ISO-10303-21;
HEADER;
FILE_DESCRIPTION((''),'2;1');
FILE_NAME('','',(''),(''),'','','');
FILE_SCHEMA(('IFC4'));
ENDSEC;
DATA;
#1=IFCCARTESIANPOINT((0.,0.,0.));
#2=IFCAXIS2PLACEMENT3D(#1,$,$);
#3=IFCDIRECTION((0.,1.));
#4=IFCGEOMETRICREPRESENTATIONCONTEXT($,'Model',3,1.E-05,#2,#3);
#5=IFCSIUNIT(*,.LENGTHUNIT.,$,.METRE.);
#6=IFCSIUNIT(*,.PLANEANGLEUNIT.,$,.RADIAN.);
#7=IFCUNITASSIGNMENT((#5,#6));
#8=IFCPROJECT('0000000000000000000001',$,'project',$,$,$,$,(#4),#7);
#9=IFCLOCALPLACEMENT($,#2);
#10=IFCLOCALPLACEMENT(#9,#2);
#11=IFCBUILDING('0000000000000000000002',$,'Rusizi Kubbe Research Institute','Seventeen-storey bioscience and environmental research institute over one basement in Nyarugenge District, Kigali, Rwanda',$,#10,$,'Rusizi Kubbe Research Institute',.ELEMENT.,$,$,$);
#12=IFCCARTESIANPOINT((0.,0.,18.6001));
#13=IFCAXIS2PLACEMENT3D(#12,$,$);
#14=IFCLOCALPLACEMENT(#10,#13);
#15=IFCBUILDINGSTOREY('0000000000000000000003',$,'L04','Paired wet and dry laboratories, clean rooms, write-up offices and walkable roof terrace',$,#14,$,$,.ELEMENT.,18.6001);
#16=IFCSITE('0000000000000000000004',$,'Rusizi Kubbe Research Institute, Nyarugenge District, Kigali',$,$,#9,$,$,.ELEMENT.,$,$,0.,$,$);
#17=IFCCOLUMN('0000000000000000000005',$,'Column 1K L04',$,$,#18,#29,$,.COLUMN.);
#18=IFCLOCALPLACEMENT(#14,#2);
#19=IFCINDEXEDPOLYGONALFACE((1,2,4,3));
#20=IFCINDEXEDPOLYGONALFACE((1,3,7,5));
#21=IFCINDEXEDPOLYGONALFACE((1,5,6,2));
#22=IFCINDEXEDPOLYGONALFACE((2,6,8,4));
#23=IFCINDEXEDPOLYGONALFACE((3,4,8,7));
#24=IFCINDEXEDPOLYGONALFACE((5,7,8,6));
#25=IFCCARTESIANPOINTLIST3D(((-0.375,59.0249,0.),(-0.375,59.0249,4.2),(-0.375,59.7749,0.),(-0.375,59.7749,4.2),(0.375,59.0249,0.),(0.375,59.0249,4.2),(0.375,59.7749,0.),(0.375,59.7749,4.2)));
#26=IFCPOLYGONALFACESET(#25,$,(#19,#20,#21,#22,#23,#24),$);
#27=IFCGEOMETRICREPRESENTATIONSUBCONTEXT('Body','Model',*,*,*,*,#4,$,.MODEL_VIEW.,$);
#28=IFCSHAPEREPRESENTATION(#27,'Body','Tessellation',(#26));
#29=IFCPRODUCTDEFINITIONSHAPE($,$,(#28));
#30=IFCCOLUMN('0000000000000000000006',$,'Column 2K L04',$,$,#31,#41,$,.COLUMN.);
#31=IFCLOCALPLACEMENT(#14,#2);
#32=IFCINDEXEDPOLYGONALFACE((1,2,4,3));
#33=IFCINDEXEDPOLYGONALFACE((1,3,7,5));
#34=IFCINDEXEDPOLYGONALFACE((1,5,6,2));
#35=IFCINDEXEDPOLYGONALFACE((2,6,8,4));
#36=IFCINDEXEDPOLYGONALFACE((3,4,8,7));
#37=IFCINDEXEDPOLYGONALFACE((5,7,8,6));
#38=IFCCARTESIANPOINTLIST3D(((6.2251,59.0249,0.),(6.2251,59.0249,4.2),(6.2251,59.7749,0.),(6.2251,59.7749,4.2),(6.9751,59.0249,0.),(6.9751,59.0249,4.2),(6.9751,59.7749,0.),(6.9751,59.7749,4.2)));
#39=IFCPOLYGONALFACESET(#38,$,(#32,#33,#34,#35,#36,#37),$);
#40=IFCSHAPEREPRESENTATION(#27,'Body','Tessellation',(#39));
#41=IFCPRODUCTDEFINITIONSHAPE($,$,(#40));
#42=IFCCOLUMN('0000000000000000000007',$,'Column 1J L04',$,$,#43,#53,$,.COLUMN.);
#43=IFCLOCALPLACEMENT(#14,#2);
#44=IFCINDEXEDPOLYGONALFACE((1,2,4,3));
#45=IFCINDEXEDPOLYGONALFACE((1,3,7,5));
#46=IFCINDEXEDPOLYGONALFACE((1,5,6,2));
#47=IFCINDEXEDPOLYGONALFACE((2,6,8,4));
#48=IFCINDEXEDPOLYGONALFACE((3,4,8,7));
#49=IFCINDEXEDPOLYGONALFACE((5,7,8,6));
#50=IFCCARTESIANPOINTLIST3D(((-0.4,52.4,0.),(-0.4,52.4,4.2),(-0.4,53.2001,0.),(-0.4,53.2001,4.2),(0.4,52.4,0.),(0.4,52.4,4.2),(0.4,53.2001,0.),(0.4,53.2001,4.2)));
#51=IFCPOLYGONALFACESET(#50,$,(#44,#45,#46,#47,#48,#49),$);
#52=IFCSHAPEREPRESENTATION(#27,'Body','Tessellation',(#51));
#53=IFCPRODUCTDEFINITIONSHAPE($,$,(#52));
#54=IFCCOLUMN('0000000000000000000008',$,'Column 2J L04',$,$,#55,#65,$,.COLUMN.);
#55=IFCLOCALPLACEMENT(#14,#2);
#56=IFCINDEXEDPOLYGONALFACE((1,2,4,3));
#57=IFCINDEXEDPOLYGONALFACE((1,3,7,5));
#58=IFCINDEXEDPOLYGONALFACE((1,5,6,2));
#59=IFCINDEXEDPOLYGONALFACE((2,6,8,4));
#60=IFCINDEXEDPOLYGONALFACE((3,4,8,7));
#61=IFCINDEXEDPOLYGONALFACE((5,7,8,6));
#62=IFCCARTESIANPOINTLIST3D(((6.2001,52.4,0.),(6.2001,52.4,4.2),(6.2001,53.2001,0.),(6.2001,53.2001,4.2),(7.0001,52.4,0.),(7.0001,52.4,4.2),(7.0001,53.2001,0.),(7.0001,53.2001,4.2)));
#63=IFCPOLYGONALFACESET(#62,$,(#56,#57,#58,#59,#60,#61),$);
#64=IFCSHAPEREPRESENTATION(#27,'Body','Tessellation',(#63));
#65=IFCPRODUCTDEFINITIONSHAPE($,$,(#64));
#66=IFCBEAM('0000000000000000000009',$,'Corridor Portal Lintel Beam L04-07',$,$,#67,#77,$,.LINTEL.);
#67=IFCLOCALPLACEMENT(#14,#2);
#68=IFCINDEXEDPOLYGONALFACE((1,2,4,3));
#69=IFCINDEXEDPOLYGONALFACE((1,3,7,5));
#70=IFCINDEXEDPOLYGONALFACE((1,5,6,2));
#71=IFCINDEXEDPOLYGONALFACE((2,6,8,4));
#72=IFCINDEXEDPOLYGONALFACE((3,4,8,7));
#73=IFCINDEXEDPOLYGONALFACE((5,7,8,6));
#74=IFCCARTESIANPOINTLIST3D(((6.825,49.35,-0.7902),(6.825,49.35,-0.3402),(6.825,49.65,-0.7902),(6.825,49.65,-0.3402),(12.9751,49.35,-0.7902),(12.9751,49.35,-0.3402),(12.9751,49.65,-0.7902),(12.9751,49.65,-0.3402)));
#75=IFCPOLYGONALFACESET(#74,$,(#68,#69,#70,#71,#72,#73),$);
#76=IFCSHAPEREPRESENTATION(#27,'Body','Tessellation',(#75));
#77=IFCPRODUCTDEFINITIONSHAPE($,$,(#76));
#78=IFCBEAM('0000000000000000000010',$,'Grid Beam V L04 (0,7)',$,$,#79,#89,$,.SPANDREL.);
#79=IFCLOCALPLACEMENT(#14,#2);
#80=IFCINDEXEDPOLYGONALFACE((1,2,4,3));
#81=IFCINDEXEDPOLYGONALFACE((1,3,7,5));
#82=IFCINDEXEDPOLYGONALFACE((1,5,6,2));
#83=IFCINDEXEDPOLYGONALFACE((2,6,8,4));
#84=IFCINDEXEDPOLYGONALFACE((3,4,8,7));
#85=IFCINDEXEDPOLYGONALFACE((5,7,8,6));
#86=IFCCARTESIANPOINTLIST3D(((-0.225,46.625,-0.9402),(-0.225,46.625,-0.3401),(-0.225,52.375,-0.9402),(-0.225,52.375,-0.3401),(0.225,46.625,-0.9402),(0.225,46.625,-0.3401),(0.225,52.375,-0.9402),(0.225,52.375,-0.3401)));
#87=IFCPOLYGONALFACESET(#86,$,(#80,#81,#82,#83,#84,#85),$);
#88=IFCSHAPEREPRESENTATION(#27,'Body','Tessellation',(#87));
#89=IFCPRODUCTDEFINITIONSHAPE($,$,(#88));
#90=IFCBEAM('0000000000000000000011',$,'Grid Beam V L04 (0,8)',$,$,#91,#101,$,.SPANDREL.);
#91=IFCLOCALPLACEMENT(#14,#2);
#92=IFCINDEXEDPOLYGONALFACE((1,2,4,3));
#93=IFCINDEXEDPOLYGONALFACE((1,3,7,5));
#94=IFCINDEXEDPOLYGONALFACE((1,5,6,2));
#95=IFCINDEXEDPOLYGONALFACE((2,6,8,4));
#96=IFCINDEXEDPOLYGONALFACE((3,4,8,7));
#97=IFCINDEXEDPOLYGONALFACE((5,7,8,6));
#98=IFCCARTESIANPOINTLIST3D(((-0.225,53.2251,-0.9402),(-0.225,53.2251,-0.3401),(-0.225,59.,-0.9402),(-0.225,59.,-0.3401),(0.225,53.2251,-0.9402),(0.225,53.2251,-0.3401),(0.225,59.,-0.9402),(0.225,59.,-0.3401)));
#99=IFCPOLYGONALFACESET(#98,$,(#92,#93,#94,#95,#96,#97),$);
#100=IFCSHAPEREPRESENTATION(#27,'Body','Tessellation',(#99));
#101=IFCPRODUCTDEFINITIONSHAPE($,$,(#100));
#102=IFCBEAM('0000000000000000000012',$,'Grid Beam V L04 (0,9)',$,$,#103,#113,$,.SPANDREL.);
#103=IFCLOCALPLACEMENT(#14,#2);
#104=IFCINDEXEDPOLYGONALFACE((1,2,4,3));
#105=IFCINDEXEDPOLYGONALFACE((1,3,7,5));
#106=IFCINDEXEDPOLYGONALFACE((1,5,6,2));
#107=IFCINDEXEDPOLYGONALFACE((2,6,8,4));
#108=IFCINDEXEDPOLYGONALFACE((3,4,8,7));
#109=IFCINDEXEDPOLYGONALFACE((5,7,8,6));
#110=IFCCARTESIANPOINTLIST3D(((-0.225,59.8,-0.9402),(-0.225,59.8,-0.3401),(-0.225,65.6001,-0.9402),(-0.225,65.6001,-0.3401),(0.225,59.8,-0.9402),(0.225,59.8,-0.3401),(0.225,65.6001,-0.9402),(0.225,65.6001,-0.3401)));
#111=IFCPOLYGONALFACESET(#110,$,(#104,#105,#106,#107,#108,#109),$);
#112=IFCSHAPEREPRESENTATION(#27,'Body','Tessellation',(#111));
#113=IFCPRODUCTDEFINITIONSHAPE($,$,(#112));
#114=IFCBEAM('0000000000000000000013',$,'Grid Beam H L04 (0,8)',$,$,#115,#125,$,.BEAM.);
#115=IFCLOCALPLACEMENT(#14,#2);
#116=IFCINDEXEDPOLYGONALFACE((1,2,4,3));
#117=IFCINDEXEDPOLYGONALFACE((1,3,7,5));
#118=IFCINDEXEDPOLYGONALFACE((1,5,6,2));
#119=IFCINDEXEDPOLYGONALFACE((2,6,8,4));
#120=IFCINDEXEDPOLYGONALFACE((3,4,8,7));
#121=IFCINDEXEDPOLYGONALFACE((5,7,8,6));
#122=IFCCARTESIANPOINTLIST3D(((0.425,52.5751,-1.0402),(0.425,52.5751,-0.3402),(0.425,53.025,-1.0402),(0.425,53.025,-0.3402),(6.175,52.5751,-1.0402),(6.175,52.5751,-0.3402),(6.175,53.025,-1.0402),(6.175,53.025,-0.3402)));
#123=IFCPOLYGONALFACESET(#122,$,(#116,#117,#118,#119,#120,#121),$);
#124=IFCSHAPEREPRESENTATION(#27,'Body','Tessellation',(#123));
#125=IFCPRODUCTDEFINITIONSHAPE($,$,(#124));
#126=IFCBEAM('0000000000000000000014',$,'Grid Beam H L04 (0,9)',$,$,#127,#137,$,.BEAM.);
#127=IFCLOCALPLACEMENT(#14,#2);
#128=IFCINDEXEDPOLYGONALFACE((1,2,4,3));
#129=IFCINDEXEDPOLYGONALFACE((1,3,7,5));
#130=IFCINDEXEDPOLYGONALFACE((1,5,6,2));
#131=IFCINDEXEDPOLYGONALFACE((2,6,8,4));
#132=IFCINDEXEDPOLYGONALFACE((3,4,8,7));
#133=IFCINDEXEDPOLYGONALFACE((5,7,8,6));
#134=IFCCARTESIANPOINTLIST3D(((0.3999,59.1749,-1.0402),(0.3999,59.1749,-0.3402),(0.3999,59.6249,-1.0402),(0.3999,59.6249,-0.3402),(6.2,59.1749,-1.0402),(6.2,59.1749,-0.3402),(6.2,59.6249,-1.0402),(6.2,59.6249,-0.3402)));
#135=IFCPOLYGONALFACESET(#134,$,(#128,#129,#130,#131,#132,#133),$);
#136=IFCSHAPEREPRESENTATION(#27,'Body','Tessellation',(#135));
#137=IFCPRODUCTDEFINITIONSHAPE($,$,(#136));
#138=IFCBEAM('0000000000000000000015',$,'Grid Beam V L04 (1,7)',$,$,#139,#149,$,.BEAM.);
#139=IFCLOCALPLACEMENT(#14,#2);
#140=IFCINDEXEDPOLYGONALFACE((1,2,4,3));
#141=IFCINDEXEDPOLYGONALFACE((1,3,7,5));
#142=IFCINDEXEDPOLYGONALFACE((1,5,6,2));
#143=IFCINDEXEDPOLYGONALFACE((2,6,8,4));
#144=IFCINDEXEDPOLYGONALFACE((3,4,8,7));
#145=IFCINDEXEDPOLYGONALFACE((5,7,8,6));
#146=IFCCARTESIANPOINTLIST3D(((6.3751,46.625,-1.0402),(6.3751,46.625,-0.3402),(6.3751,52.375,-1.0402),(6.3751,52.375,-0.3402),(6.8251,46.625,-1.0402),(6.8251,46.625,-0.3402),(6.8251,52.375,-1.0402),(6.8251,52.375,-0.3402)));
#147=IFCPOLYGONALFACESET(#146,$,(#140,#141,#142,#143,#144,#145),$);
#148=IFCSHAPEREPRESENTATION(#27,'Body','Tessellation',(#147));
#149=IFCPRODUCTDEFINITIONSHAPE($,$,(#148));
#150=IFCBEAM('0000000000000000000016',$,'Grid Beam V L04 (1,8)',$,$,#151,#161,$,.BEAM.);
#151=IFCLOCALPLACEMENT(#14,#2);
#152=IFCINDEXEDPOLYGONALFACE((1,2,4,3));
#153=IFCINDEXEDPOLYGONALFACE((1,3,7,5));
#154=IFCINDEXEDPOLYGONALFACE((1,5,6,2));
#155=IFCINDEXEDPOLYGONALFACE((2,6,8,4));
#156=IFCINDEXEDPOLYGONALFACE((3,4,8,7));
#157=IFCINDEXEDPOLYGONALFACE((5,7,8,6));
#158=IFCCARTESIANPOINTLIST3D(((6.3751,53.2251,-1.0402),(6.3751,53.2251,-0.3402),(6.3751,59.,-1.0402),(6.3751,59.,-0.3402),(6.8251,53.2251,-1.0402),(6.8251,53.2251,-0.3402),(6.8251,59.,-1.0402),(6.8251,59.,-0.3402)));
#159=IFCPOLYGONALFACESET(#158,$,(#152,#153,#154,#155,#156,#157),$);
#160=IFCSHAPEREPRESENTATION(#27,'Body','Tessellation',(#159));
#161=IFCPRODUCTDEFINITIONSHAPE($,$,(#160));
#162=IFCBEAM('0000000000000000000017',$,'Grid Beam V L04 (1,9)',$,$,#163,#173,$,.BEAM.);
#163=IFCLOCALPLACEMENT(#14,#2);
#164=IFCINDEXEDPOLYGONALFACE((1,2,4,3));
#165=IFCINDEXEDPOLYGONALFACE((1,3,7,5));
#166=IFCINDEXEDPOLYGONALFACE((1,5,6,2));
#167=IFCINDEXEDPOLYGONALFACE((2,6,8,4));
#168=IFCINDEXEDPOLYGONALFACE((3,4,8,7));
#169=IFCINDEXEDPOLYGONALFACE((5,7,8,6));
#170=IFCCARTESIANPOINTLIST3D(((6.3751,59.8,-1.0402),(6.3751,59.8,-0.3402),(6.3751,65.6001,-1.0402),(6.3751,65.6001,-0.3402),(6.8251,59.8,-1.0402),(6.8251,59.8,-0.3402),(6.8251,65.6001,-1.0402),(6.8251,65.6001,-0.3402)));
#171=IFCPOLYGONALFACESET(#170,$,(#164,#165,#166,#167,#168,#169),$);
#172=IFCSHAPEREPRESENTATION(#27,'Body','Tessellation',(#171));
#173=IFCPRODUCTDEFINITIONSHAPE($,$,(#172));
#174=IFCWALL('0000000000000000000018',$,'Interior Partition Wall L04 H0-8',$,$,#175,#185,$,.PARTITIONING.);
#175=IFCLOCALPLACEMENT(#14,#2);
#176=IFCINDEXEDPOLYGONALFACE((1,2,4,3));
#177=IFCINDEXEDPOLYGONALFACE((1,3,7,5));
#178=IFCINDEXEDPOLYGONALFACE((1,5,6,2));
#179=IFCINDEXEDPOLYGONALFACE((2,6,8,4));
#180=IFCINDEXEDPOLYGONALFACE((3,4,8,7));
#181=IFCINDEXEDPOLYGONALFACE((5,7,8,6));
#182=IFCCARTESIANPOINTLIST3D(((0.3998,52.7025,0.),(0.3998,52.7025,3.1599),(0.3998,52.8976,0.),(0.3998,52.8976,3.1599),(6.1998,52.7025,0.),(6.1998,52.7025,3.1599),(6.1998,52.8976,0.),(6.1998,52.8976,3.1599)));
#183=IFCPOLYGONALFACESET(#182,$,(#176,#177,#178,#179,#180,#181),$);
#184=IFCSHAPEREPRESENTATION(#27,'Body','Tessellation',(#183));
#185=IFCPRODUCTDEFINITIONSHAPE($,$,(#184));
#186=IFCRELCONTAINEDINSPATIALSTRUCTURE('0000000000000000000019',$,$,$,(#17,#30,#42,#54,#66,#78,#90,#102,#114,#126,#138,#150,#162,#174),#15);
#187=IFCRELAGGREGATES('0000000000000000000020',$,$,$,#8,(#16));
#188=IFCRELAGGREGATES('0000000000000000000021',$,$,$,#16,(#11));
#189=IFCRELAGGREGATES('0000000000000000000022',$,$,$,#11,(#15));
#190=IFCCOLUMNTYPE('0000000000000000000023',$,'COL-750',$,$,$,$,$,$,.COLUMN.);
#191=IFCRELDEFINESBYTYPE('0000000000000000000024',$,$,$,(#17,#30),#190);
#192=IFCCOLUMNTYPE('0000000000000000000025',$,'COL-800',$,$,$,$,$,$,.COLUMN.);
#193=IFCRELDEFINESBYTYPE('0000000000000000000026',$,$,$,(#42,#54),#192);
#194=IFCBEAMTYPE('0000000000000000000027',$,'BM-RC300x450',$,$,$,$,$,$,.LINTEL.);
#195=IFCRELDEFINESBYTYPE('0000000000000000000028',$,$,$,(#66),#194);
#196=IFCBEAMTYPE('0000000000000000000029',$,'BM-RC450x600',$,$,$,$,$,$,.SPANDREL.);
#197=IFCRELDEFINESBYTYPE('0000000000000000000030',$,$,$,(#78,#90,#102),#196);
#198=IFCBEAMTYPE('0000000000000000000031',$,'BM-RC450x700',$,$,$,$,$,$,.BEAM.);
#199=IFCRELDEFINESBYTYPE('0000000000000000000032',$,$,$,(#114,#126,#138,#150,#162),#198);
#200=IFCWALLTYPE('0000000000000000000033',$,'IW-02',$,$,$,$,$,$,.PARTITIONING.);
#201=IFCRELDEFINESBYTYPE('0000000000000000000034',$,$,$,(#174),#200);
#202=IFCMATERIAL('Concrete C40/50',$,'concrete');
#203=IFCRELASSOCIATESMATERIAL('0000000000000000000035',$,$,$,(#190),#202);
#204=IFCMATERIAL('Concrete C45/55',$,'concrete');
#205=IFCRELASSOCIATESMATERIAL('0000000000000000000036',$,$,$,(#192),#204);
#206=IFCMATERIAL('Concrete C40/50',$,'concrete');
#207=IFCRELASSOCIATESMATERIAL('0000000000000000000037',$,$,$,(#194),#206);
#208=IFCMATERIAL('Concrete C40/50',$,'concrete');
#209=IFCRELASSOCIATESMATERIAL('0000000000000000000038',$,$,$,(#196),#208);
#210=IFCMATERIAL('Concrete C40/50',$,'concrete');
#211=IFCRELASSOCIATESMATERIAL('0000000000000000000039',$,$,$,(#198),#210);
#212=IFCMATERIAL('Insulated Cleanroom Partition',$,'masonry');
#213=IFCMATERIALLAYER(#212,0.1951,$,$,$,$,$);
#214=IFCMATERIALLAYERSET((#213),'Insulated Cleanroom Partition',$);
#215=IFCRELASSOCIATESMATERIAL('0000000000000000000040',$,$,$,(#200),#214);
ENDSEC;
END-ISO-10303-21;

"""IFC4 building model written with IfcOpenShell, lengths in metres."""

from ifc_helpers import new_model, si_unit, direction, frame, frame_2d, origin, origin_2d, place, context, subcontext, project, spatial, rectangle, extrude, material, layer, layer_set, material_profile, profile_set, type_object, element, save


model = new_model("IFC4")

# Units and contexts
model_context = context("Model", 3, precision=1e-05, world=origin(), true_north=direction((0.0, 1.0)))
body_context = subcontext(model_context, "Body", "Model", "MODEL_VIEW")
ifc_project = project(units=[si_unit("LENGTHUNIT", "METRE"), si_unit("PLANEANGLEUNIT", "RADIAN")], contexts=[model_context])

# Site, building, storey
site_placement = place(None, origin())
site = spatial("IfcSite", under=ifc_project, at=site_placement, Name="Rusizi Kubbe Research Institute, Nyarugenge District, Kigali", CompositionType="ELEMENT", RefElevation=0.0)
building_placement = place(site_placement, origin())
building = spatial("IfcBuilding", under=site, at=building_placement, Name="Rusizi Kubbe Research Institute", Description="Seventeen-storey bioscience and environmental research institute over one basement in Nyarugenge District, Kigali, Rwanda", LongName="Rusizi Kubbe Research Institute", CompositionType="ELEMENT")
storey_placement = place(building_placement, frame((0.0, 0.0, 18.6001)))
storey = spatial("IfcBuildingStorey", under=building, at=storey_placement, Name="L04", Description="Paired wet and dry laboratories, clean rooms, write-up offices and walkable roof terrace", CompositionType="ELEMENT", Elevation=18.6001)

# Columns
ifc_material_1 = material(Name="Concrete C40/50", Category="concrete")
ifc_material_profile_1 = material_profile(ifc_material_1, rectangle(XDim=0.75, YDim=0.75, at=origin_2d()), Name="RC750x750")
ifc_profile_set_1 = profile_set([ifc_material_profile_1], Name="Concrete C40/50")
column_type_1 = type_object("IfcColumnType", Name="COL-750", PredefinedType="COLUMN", material=ifc_profile_set_1)
for number, where, z_axis, x_axis, name in (
    (1, (0.0, 59.3999, 0.0), (0.0, 0.0, 1.0), (1.0, 0.0, 0.0), "Column 1K L04"),
    (2, (6.6001, 59.3999, 0.0), (0.0, 0.0, 1.0), (1.0, 0.0, 0.0), "Column 2K L04"),
):
    element("IfcColumn", number, at=place(storey_placement, frame(where, z_axis=z_axis, x_axis=x_axis)), inside=storey, type_object=column_type_1, Name=name, PredefinedType="COLUMN", context=body_context, shape_type="SweptSolid", body=[
        extrude(rectangle(XDim=0.75, YDim=0.75, at=origin_2d()), origin(), (0.0, 0.0, 1.0), 4.2),
    ])
ifc_material_2 = material(Name="Concrete C45/55", Category="concrete")
ifc_material_profile_2 = material_profile(ifc_material_2, rectangle(XDim=0.8, YDim=0.8, at=origin_2d()), Name="RC800x800")
ifc_profile_set_2 = profile_set([ifc_material_profile_2], Name="Concrete C45/55")
column_type_2 = type_object("IfcColumnType", Name="COL-800", PredefinedType="COLUMN", material=ifc_profile_set_2)
for number, where, z_axis, x_axis, name in (
    (3, (0.0, 52.8, 0.0), (0.0, 0.0, 1.0), (1.0, 0.0, 0.0), "Column 1J L04"),
    (4, (6.6001, 52.8, 0.0), (0.0, 0.0, 1.0), (1.0, 0.0, 0.0), "Column 2J L04"),
):
    element("IfcColumn", number, at=place(storey_placement, frame(where, z_axis=z_axis, x_axis=x_axis)), inside=storey, type_object=column_type_2, Name=name, PredefinedType="COLUMN", context=body_context, shape_type="SweptSolid", body=[
        extrude(rectangle(XDim=0.8, YDim=0.8, at=origin_2d()), origin(), (0.0, 0.0, 1.0), 4.2),
    ])

# Beams
ifc_material_3 = material(Name="Concrete C40/50", Category="concrete")
ifc_material_profile_3 = material_profile(ifc_material_3, rectangle(XDim=0.3, YDim=0.45, at=origin_2d()), Name="RC300x450")
ifc_profile_set_3 = profile_set([ifc_material_profile_3], Name="Concrete C40/50")
beam_type_1 = type_object("IfcBeamType", Name="BM-RC300x450", PredefinedType="LINTEL", material=ifc_profile_set_3)
beam_1_placement = place(storey_placement, frame((6.825, 49.5, -0.5652), z_axis=(1.0, 0.0, 0.0), x_axis=(0.0, 1.0, 0.0)))
element("IfcBeam", 5, at=beam_1_placement, inside=storey, type_object=beam_type_1, Name="Corridor Portal Lintel Beam L04-07", PredefinedType="LINTEL", context=body_context, shape_type="SweptSolid", body=[
    extrude(rectangle(XDim=0.3, YDim=0.45, at=origin_2d()), origin(), (0.0, 0.0, 1.0), 6.1501),
])
ifc_material_4 = material(Name="Concrete C40/50", Category="concrete")
ifc_material_profile_4 = material_profile(ifc_material_4, rectangle(XDim=0.45, YDim=0.6001, at=origin_2d()), Name="RC450x600")
ifc_profile_set_4 = profile_set([ifc_material_profile_4], Name="Concrete C40/50")
beam_type_2 = type_object("IfcBeamType", Name="BM-RC450x600", PredefinedType="SPANDREL", material=ifc_profile_set_4)
beam_2_placement = place(storey_placement, frame((0.0, 46.625, -0.6401), z_axis=(0.0, 1.0, 0.0), x_axis=(-1.0, 0.0, 0.0)))
element("IfcBeam", 6, at=beam_2_placement, inside=storey, type_object=beam_type_2, Name="Grid Beam V L04 (0,7)", PredefinedType="SPANDREL", context=body_context, shape_type="SweptSolid", body=[
    extrude(rectangle(XDim=0.45, YDim=0.6001, at=origin_2d()), origin(), (0.0, 0.0, 1.0), 5.75),
])
beam_3_placement = place(storey_placement, frame((0.0, 53.2251, -0.6401), z_axis=(0.0, 1.0, 0.0), x_axis=(-1.0, 0.0, 0.0)))
element("IfcBeam", 7, at=beam_3_placement, inside=storey, type_object=beam_type_2, Name="Grid Beam V L04 (0,8)", PredefinedType="SPANDREL", context=body_context, shape_type="SweptSolid", body=[
    extrude(rectangle(XDim=0.45, YDim=0.6001, at=origin_2d()), origin(), (0.0, 0.0, 1.0), 5.7749),
])
beam_4_placement = place(storey_placement, frame((0.0, 59.8, -0.6401), z_axis=(0.0, 1.0, 0.0), x_axis=(-1.0, 0.0, 0.0)))
element("IfcBeam", 8, at=beam_4_placement, inside=storey, type_object=beam_type_2, Name="Grid Beam V L04 (0,9)", PredefinedType="SPANDREL", context=body_context, shape_type="SweptSolid", body=[
    extrude(rectangle(XDim=0.45, YDim=0.6001, at=origin_2d()), origin(), (0.0, 0.0, 1.0), 5.8),
])
ifc_material_5 = material(Name="Concrete C40/50", Category="concrete")
ifc_material_profile_5 = material_profile(ifc_material_5, rectangle(XDim=0.45, YDim=0.7, at=origin_2d()), Name="RC450x700B")
ifc_profile_set_5 = profile_set([ifc_material_profile_5], Name="Concrete C40/50")
beam_type_3 = type_object("IfcBeamType", Name="BM-RC450x700", PredefinedType="BEAM", material=ifc_profile_set_5)
beam_5_placement = place(storey_placement, frame((0.425, 52.8, -0.6902), z_axis=(1.0, 0.0, 0.0), x_axis=(0.0, 1.0, 0.0)))
element("IfcBeam", 9, at=beam_5_placement, inside=storey, type_object=beam_type_3, Name="Grid Beam H L04 (0,8)", PredefinedType="BEAM", context=body_context, shape_type="SweptSolid", body=[
    extrude(rectangle(XDim=0.45, YDim=0.7, at=origin_2d()), origin(), (0.0, 0.0, 1.0), 5.75),
])
beam_6_placement = place(storey_placement, frame((0.3999, 59.3999, -0.6902), z_axis=(1.0, 0.0, 0.0), x_axis=(0.0, 1.0, 0.0)))
element("IfcBeam", 10, at=beam_6_placement, inside=storey, type_object=beam_type_3, Name="Grid Beam H L04 (0,9)", PredefinedType="BEAM", context=body_context, shape_type="SweptSolid", body=[
    extrude(rectangle(XDim=0.45, YDim=0.7, at=origin_2d()), origin(), (0.0, 0.0, 1.0), 5.8),
])
beam_7_placement = place(storey_placement, frame((6.6001, 46.625, -0.6902), z_axis=(0.0, 1.0, 0.0), x_axis=(-1.0, 0.0, 0.0)))
element("IfcBeam", 11, at=beam_7_placement, inside=storey, type_object=beam_type_3, Name="Grid Beam V L04 (1,7)", PredefinedType="BEAM", context=body_context, shape_type="SweptSolid", body=[
    extrude(rectangle(XDim=0.45, YDim=0.7, at=origin_2d()), origin(), (0.0, 0.0, 1.0), 5.75),
])
beam_8_placement = place(storey_placement, frame((6.6001, 53.2251, -0.6902), z_axis=(0.0, 1.0, 0.0), x_axis=(-1.0, 0.0, 0.0)))
element("IfcBeam", 12, at=beam_8_placement, inside=storey, type_object=beam_type_3, Name="Grid Beam V L04 (1,8)", PredefinedType="BEAM", context=body_context, shape_type="SweptSolid", body=[
    extrude(rectangle(XDim=0.45, YDim=0.7, at=origin_2d()), origin(), (0.0, 0.0, 1.0), 5.7749),
])
beam_9_placement = place(storey_placement, frame((6.6001, 59.8, -0.6902), z_axis=(0.0, 1.0, 0.0), x_axis=(-1.0, 0.0, 0.0)))
element("IfcBeam", 13, at=beam_9_placement, inside=storey, type_object=beam_type_3, Name="Grid Beam V L04 (1,9)", PredefinedType="BEAM", context=body_context, shape_type="SweptSolid", body=[
    extrude(rectangle(XDim=0.45, YDim=0.7, at=origin_2d()), origin(), (0.0, 0.0, 1.0), 5.8),
])

# Wall
ifc_material_6 = material(Name="Insulated Cleanroom Partition", Category="masonry")
ifc_layer_1 = layer(ifc_material_6, 0.1951)
ifc_layer_set_1 = layer_set([ifc_layer_1], Name="Insulated Cleanroom Partition")
wall_type_1 = type_object("IfcWallType", Name="IW-02", PredefinedType="PARTITIONING", material=ifc_layer_set_1)
wall_1_placement = place(storey_placement, frame((0.3999, 52.8, 0.0), z_axis=(0.0, 0.0, 1.0), x_axis=(1.0, 0.0, 0.0)))
element("IfcWall", 14, at=wall_1_placement, inside=storey, type_object=wall_type_1, Name="Interior Partition Wall L04 H0-8", PredefinedType="PARTITIONING", context=body_context, shape_type="SweptSolid", body=[
    extrude(rectangle(XDim=5.8, YDim=0.1951, at=frame_2d((2.8999, 0.0))), origin(), (0.0, 0.0, 1.0), 3.1599),
])

save(model, "model.ifc")
